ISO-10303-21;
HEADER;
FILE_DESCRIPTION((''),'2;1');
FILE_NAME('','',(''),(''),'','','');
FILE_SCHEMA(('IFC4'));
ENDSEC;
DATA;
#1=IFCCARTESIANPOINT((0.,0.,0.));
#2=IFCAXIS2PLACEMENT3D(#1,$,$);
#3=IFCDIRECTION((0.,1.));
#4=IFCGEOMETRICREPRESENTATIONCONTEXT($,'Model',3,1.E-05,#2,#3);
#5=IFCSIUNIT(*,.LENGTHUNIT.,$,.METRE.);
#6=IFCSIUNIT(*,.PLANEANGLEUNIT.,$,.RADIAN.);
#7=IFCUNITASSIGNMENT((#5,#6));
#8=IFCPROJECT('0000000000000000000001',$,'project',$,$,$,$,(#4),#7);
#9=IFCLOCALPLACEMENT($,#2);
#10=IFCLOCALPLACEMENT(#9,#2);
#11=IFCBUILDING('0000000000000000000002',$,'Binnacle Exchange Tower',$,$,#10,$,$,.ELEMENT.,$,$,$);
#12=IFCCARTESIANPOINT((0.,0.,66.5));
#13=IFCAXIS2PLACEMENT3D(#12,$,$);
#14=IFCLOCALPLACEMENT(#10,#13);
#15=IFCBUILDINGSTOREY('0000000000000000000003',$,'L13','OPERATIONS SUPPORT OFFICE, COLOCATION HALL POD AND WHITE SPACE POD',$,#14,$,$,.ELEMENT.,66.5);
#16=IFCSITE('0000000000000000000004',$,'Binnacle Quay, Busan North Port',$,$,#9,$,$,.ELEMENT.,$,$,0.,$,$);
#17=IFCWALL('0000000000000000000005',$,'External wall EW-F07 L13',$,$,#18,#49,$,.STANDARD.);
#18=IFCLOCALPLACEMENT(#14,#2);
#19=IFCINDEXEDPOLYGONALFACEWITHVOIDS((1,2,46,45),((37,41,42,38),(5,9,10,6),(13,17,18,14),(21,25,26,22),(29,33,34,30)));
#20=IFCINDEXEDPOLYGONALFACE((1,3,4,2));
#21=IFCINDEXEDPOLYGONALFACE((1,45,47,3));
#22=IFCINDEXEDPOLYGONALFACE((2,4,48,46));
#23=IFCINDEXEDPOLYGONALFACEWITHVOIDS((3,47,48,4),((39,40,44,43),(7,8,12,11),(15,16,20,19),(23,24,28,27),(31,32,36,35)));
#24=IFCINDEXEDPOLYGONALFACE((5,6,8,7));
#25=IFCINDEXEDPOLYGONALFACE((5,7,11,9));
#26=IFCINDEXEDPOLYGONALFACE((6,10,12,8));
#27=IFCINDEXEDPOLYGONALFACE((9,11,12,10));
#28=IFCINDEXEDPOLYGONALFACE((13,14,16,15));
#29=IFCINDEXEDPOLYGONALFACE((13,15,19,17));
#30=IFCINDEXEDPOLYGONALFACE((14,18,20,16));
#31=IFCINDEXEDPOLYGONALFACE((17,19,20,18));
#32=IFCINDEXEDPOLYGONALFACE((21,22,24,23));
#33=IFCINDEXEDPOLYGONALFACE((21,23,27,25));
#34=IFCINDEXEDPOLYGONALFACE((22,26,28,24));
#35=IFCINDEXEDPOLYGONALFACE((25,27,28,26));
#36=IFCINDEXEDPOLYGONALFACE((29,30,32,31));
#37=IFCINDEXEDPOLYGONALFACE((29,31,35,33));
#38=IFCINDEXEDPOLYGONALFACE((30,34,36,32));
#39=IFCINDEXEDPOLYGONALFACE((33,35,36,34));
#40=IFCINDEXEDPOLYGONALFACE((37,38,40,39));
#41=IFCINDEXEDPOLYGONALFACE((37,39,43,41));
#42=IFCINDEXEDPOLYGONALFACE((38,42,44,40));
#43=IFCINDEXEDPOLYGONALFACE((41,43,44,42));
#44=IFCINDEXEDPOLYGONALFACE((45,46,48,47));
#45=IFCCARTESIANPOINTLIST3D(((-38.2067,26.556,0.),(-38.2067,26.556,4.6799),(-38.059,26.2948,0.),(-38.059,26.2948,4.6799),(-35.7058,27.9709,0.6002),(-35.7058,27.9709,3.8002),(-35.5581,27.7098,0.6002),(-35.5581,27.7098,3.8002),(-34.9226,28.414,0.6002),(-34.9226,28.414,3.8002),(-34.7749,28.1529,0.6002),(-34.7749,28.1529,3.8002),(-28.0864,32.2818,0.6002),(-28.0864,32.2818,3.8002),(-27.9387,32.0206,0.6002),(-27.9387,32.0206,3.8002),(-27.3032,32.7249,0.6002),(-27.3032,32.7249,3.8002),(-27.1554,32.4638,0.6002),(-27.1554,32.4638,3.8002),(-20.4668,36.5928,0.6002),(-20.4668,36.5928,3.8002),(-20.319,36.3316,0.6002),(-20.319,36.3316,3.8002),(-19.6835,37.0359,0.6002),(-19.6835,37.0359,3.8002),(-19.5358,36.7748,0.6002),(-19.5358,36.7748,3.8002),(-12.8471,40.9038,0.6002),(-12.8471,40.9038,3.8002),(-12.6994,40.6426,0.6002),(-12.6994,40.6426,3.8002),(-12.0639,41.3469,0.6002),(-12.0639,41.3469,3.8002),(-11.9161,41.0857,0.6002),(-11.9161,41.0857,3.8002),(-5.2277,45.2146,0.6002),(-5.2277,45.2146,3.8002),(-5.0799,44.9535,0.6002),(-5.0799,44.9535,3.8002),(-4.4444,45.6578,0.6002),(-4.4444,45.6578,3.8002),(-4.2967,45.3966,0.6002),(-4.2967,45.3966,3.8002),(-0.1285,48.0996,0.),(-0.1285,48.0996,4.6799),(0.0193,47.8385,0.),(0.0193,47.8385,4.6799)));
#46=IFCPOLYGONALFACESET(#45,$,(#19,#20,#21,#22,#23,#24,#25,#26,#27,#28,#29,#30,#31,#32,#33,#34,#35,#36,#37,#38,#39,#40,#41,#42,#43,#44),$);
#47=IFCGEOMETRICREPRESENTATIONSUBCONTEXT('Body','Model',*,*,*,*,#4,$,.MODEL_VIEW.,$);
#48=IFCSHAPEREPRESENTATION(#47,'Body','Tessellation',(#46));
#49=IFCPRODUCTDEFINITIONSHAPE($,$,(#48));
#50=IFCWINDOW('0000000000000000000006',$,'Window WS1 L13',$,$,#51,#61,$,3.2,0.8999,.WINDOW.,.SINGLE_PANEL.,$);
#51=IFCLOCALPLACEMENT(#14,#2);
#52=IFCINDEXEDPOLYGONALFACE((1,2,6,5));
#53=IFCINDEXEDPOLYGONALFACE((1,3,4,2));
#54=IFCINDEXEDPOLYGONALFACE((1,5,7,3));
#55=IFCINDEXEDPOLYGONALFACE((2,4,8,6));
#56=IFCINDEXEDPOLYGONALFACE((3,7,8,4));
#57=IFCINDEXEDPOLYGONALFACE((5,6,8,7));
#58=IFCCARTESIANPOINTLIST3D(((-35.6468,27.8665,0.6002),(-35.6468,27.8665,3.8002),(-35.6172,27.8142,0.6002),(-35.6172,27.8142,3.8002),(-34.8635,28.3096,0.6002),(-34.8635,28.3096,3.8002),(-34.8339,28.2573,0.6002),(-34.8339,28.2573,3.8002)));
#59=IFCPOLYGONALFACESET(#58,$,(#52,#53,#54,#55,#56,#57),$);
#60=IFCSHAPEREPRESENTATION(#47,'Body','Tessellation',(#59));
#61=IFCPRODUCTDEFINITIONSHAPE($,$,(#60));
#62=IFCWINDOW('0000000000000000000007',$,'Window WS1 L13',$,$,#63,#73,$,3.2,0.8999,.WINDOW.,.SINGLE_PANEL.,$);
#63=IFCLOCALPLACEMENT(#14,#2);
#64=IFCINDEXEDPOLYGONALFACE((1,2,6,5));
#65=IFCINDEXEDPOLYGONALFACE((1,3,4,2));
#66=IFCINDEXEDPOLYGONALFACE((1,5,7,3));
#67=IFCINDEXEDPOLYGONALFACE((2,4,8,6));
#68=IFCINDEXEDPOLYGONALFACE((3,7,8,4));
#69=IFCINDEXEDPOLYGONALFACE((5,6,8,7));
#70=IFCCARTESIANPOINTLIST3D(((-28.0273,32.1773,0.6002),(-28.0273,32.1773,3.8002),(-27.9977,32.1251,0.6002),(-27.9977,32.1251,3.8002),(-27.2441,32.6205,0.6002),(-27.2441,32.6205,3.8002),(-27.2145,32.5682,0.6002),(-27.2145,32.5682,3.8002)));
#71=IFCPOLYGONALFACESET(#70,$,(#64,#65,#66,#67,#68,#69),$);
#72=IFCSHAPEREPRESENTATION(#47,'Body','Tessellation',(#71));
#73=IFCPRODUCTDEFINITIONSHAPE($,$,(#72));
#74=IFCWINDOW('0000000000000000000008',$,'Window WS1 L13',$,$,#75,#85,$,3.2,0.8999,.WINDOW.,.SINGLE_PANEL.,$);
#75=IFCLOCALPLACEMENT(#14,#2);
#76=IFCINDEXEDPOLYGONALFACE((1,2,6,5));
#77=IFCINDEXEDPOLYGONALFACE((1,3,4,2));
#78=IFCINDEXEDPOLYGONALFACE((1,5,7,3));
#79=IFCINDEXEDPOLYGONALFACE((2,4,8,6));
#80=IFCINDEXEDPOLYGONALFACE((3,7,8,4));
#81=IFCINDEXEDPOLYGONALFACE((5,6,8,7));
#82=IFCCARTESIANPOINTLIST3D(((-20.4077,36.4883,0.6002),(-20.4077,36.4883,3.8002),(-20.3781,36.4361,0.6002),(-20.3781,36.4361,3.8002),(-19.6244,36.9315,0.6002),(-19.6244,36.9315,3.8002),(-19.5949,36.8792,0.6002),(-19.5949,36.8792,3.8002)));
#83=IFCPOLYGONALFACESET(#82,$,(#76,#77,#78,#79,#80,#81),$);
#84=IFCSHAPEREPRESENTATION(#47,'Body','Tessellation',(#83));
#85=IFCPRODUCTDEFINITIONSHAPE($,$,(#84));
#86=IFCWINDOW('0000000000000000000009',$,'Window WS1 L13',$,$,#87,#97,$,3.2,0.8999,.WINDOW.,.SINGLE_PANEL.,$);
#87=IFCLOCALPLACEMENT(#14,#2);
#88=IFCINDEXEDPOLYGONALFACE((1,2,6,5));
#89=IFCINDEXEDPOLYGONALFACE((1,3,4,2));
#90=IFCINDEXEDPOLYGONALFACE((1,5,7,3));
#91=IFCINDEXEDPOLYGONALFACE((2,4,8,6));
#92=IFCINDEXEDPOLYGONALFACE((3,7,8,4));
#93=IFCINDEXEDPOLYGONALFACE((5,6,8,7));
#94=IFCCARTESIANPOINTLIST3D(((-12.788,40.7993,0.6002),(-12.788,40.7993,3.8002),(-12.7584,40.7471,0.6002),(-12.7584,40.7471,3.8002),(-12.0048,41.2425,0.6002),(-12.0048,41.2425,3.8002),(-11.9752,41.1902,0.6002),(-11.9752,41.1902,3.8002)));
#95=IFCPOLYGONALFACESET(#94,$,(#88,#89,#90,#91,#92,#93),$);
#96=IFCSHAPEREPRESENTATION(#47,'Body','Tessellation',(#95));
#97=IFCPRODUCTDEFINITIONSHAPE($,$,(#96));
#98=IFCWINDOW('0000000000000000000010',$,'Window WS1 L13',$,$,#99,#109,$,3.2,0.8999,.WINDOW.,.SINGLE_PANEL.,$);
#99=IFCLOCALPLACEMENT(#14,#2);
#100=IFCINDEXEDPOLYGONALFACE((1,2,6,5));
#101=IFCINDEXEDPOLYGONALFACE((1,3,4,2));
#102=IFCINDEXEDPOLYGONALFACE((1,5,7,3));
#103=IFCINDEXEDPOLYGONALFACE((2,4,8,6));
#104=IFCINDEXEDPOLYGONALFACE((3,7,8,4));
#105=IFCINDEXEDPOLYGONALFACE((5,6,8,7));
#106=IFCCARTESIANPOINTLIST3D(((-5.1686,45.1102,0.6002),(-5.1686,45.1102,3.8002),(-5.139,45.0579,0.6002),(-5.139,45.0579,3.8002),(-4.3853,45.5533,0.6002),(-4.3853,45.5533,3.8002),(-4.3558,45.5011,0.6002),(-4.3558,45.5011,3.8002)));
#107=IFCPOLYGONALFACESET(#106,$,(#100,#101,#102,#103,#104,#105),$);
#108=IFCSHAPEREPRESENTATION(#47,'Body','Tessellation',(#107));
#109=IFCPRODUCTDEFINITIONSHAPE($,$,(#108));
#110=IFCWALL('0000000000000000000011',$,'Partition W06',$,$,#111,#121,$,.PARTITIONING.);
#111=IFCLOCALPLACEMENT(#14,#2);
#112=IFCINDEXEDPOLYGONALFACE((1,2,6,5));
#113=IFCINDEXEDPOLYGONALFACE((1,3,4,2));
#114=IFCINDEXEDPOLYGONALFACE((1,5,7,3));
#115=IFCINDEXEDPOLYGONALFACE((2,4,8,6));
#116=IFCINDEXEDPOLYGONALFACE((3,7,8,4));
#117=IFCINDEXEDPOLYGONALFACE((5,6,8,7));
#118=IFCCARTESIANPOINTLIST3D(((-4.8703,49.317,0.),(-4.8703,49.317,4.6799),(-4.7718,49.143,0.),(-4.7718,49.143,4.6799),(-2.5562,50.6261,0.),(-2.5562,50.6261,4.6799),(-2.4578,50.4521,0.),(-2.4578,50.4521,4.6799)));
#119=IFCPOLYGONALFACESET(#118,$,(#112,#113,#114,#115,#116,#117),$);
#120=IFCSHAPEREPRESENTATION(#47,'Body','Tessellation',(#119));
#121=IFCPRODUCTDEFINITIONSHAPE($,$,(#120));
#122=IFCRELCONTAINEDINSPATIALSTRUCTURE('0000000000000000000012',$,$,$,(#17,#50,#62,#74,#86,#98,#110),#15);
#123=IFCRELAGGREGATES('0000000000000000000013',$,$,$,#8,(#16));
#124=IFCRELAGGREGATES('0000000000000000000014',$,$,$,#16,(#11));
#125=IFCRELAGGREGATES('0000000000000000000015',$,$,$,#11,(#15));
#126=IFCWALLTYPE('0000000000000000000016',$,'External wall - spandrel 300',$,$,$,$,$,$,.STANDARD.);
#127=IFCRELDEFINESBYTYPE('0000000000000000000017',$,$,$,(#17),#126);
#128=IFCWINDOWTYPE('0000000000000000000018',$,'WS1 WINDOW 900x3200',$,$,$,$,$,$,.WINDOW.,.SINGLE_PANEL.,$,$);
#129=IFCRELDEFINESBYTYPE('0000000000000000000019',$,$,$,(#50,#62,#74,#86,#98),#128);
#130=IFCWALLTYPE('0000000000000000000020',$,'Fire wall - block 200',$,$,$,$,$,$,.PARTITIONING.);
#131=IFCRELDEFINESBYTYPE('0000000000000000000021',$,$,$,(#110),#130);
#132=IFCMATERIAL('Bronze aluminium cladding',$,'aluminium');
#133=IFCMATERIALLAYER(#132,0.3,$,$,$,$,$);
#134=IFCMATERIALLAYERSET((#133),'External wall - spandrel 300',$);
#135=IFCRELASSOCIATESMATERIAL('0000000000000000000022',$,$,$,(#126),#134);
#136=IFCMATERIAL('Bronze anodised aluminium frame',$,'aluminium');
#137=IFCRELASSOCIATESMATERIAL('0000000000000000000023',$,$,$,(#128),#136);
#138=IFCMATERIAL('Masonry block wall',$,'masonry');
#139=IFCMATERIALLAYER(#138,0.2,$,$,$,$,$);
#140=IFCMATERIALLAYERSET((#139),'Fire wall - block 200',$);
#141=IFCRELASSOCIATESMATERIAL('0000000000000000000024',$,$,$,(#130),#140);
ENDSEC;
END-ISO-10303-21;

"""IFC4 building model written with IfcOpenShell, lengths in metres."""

from ifc_helpers import new_model, si_unit, direction, frame, frame_2d, origin, place, context, subcontext, project, spatial, rectangle, extrude, material, layer, layer_set, type_object, element, fill, save


model = new_model("IFC4")

# Units and contexts
model_context = context("Model", 3, precision=1e-05, world=origin(), true_north=direction((0.0, 1.0)))
body_context = subcontext(model_context, "Body", "Model", "MODEL_VIEW")
ifc_project = project(units=[si_unit("LENGTHUNIT", "METRE"), si_unit("PLANEANGLEUNIT", "RADIAN")], contexts=[model_context])

# Site, building, storey
site_placement = place(None, origin())
site = spatial("IfcSite", under=ifc_project, at=site_placement, Name="Binnacle Quay, Busan North Port", CompositionType="ELEMENT", RefElevation=0.0)
building_placement = place(site_placement, origin())
building = spatial("IfcBuilding", under=site, at=building_placement, Name="Binnacle Exchange Tower", CompositionType="ELEMENT")
storey_placement = place(building_placement, frame((0.0, 0.0, 66.5)))
storey = spatial("IfcBuildingStorey", under=building, at=storey_placement, Name="L13", Description="OPERATIONS SUPPORT OFFICE, COLOCATION HALL POD AND WHITE SPACE POD", CompositionType="ELEMENT", Elevation=66.5)

# Wall, openings, windows
ifc_material_1 = material(Name="Bronze aluminium cladding", Category="aluminium")
ifc_layer_1 = layer(ifc_material_1, 0.3)
ifc_layer_set_1 = layer_set([ifc_layer_1], Name="External wall - spandrel 300")
wall_type_1 = type_object("IfcWallType", Name="External wall - spandrel 300", PredefinedType="STANDARD", material=ifc_layer_set_1)
wall_1_placement = place(storey_placement, frame((-0.0547, 47.969, 0.0), z_axis=(0.0, 0.0, 1.0), x_axis=(-0.870356, -0.492423, 0.0)))
wall_1 = element("IfcWall", 1, at=wall_1_placement, inside=storey, type_object=wall_type_1, Name="External wall EW-F07 L13", PredefinedType="STANDARD", context=body_context, shape_type="SweptSolid", body=[
    extrude(rectangle(XDim=43.7502, YDim=0.3, at=frame_2d((21.875, 0.0))), origin(), (0.0, 0.0, 1.0), 4.6799),
])
opening_1_placement = place(wall_1_placement, frame((39.9768, 0.0, 0.6001)))
opening_1 = element("IfcOpeningElement", 2, at=opening_1_placement, cuts=wall_1, PredefinedType="OPENING", context=body_context, shape_type="SweptSolid", body=[
    extrude(rectangle(XDim=0.8999, YDim=3.2, at=frame_2d((0.45, 1.6001))), frame((0.0, 0.1599, 0.0), z_axis=(0.0, -1.0, 0.0), x_axis=(1.0, 0.0, 0.0)), (0.0, 0.0, 1.0), 0.3201),
])
opening_2_placement = place(wall_1_placement, frame((31.2224, 0.0, 0.6001)))
opening_2 = element("IfcOpeningElement", 3, at=opening_2_placement, cuts=wall_1, PredefinedType="OPENING", context=body_context, shape_type="SweptSolid", body=[
    extrude(rectangle(XDim=0.8999, YDim=3.2, at=frame_2d((0.45, 1.6001))), frame((0.0, 0.1599, 0.0), z_axis=(0.0, -1.0, 0.0), x_axis=(1.0, 0.0, 0.0)), (0.0, 0.0, 1.0), 0.3201),
])
opening_3_placement = place(wall_1_placement, frame((22.4678, 0.0, 0.6001)))
opening_3 = element("IfcOpeningElement", 4, at=opening_3_placement, cuts=wall_1, PredefinedType="OPENING", context=body_context, shape_type="SweptSolid", body=[
    extrude(rectangle(XDim=0.8999, YDim=3.2, at=frame_2d((0.45, 1.6001))), frame((0.0, 0.1599, 0.0), z_axis=(0.0, -1.0, 0.0), x_axis=(1.0, 0.0, 0.0)), (0.0, 0.0, 1.0), 0.3201),
])
opening_4_placement = place(wall_1_placement, frame((13.7131, 0.0, 0.6001)))
opening_4 = element("IfcOpeningElement", 5, at=opening_4_placement, cuts=wall_1, PredefinedType="OPENING", context=body_context, shape_type="SweptSolid", body=[
    extrude(rectangle(XDim=0.8999, YDim=3.2, at=frame_2d((0.45, 1.6001))), frame((0.0, 0.1599, 0.0), z_axis=(0.0, -1.0, 0.0), x_axis=(1.0, 0.0, 0.0)), (0.0, 0.0, 1.0), 0.3201),
])
opening_5_placement = place(wall_1_placement, frame((4.9587, 0.0, 0.6001)))
opening_5 = element("IfcOpeningElement", 6, at=opening_5_placement, cuts=wall_1, PredefinedType="OPENING", context=body_context, shape_type="SweptSolid", body=[
    extrude(rectangle(XDim=0.8999, YDim=3.2, at=frame_2d((0.45, 1.6001))), frame((0.0, 0.1599, 0.0), z_axis=(0.0, -1.0, 0.0), x_axis=(1.0, 0.0, 0.0)), (0.0, 0.0, 1.0), 0.3201),
])
ifc_material_2 = material(Name="Bronze anodised aluminium frame", Category="aluminium")
window_type = type_object("IfcWindowType", Name="WS1 WINDOW 900x3200", PartitioningType="SINGLE_PANEL", PredefinedType="WINDOW", material=ifc_material_2)
window_1_placement = place(opening_1_placement, origin())
window_1 = element("IfcWindow", 7, at=window_1_placement, inside=storey, type_object=window_type, Name="Window WS1 L13", OverallHeight=3.2, OverallWidth=0.8999, PartitioningType="SINGLE_PANEL", PredefinedType="WINDOW", context=body_context, shape_type="SweptSolid", body=[
    extrude(rectangle(XDim=0.8999, YDim=3.2, at=frame_2d((0.45, 1.6001))), frame((0.0, 0.03, 0.0), z_axis=(0.0, -1.0, 0.0), x_axis=(1.0, 0.0, 0.0)), (0.0, 0.0, 1.0), 0.0601),
])
fill(opening_1, window_1)
window_2_placement = place(opening_2_placement, origin())
window_2 = element("IfcWindow", 8, at=window_2_placement, inside=storey, type_object=window_type, Name="Window WS1 L13", OverallHeight=3.2, OverallWidth=0.8999, PartitioningType="SINGLE_PANEL", PredefinedType="WINDOW", context=body_context, shape_type="SweptSolid", body=[
    extrude(rectangle(XDim=0.8999, YDim=3.2, at=frame_2d((0.45, 1.6001))), frame((0.0, 0.03, 0.0), z_axis=(0.0, -1.0, 0.0), x_axis=(1.0, 0.0, 0.0)), (0.0, 0.0, 1.0), 0.0601),
])
fill(opening_2, window_2)
window_3_placement = place(opening_3_placement, origin())
window_3 = element("IfcWindow", 9, at=window_3_placement, inside=storey, type_object=window_type, Name="Window WS1 L13", OverallHeight=3.2, OverallWidth=0.8999, PartitioningType="SINGLE_PANEL", PredefinedType="WINDOW", context=body_context, shape_type="SweptSolid", body=[
    extrude(rectangle(XDim=0.8999, YDim=3.2, at=frame_2d((0.45, 1.6001))), frame((0.0, 0.03, 0.0), z_axis=(0.0, -1.0, 0.0), x_axis=(1.0, 0.0, 0.0)), (0.0, 0.0, 1.0), 0.0601),
])
fill(opening_3, window_3)
window_4_placement = place(opening_4_placement, origin())
window_4 = element("IfcWindow", 10, at=window_4_placement, inside=storey, type_object=window_type, Name="Window WS1 L13", OverallHeight=3.2, OverallWidth=0.8999, PartitioningType="SINGLE_PANEL", PredefinedType="WINDOW", context=body_context, shape_type="SweptSolid", body=[
    extrude(rectangle(XDim=0.8999, YDim=3.2, at=frame_2d((0.45, 1.6001))), frame((0.0, 0.03, 0.0), z_axis=(0.0, -1.0, 0.0), x_axis=(1.0, 0.0, 0.0)), (0.0, 0.0, 1.0), 0.0601),
])
fill(opening_4, window_4)
window_5_placement = place(opening_5_placement, origin())
window_5 = element("IfcWindow", 11, at=window_5_placement, inside=storey, type_object=window_type, Name="Window WS1 L13", OverallHeight=3.2, OverallWidth=0.8999, PartitioningType="SINGLE_PANEL", PredefinedType="WINDOW", context=body_context, shape_type="SweptSolid", body=[
    extrude(rectangle(XDim=0.8999, YDim=3.2, at=frame_2d((0.45, 1.6001))), frame((0.0, 0.03, 0.0), z_axis=(0.0, -1.0, 0.0), x_axis=(1.0, 0.0, 0.0)), (0.0, 0.0, 1.0), 0.0601),
])
fill(opening_5, window_5)

# Wall
ifc_material_3 = material(Name="Masonry block wall", Category="masonry")
ifc_layer_2 = layer(ifc_material_3, 0.2)
ifc_layer_set_2 = layer_set([ifc_layer_2], Name="Fire wall - block 200")
wall_type_2 = type_object("IfcWallType", Name="Fire wall - block 200", PredefinedType="PARTITIONING", material=ifc_layer_set_2)
wall_2_placement = place(storey_placement, frame((-4.821, 49.23, 0.0), z_axis=(0.0, 0.0, 1.0), x_axis=(0.870371, 0.492396, 0.0)))
element("IfcWall", 12, at=wall_2_placement, inside=storey, type_object=wall_type_2, Name="Partition W06", PredefinedType="PARTITIONING", context=body_context, shape_type="SweptSolid", body=[
    extrude(rectangle(XDim=2.6587, YDim=0.2, at=frame_2d((1.3293, 0.0))), origin(), (0.0, 0.0, 1.0), 4.6799),
])

save(model, "model.ifc")
